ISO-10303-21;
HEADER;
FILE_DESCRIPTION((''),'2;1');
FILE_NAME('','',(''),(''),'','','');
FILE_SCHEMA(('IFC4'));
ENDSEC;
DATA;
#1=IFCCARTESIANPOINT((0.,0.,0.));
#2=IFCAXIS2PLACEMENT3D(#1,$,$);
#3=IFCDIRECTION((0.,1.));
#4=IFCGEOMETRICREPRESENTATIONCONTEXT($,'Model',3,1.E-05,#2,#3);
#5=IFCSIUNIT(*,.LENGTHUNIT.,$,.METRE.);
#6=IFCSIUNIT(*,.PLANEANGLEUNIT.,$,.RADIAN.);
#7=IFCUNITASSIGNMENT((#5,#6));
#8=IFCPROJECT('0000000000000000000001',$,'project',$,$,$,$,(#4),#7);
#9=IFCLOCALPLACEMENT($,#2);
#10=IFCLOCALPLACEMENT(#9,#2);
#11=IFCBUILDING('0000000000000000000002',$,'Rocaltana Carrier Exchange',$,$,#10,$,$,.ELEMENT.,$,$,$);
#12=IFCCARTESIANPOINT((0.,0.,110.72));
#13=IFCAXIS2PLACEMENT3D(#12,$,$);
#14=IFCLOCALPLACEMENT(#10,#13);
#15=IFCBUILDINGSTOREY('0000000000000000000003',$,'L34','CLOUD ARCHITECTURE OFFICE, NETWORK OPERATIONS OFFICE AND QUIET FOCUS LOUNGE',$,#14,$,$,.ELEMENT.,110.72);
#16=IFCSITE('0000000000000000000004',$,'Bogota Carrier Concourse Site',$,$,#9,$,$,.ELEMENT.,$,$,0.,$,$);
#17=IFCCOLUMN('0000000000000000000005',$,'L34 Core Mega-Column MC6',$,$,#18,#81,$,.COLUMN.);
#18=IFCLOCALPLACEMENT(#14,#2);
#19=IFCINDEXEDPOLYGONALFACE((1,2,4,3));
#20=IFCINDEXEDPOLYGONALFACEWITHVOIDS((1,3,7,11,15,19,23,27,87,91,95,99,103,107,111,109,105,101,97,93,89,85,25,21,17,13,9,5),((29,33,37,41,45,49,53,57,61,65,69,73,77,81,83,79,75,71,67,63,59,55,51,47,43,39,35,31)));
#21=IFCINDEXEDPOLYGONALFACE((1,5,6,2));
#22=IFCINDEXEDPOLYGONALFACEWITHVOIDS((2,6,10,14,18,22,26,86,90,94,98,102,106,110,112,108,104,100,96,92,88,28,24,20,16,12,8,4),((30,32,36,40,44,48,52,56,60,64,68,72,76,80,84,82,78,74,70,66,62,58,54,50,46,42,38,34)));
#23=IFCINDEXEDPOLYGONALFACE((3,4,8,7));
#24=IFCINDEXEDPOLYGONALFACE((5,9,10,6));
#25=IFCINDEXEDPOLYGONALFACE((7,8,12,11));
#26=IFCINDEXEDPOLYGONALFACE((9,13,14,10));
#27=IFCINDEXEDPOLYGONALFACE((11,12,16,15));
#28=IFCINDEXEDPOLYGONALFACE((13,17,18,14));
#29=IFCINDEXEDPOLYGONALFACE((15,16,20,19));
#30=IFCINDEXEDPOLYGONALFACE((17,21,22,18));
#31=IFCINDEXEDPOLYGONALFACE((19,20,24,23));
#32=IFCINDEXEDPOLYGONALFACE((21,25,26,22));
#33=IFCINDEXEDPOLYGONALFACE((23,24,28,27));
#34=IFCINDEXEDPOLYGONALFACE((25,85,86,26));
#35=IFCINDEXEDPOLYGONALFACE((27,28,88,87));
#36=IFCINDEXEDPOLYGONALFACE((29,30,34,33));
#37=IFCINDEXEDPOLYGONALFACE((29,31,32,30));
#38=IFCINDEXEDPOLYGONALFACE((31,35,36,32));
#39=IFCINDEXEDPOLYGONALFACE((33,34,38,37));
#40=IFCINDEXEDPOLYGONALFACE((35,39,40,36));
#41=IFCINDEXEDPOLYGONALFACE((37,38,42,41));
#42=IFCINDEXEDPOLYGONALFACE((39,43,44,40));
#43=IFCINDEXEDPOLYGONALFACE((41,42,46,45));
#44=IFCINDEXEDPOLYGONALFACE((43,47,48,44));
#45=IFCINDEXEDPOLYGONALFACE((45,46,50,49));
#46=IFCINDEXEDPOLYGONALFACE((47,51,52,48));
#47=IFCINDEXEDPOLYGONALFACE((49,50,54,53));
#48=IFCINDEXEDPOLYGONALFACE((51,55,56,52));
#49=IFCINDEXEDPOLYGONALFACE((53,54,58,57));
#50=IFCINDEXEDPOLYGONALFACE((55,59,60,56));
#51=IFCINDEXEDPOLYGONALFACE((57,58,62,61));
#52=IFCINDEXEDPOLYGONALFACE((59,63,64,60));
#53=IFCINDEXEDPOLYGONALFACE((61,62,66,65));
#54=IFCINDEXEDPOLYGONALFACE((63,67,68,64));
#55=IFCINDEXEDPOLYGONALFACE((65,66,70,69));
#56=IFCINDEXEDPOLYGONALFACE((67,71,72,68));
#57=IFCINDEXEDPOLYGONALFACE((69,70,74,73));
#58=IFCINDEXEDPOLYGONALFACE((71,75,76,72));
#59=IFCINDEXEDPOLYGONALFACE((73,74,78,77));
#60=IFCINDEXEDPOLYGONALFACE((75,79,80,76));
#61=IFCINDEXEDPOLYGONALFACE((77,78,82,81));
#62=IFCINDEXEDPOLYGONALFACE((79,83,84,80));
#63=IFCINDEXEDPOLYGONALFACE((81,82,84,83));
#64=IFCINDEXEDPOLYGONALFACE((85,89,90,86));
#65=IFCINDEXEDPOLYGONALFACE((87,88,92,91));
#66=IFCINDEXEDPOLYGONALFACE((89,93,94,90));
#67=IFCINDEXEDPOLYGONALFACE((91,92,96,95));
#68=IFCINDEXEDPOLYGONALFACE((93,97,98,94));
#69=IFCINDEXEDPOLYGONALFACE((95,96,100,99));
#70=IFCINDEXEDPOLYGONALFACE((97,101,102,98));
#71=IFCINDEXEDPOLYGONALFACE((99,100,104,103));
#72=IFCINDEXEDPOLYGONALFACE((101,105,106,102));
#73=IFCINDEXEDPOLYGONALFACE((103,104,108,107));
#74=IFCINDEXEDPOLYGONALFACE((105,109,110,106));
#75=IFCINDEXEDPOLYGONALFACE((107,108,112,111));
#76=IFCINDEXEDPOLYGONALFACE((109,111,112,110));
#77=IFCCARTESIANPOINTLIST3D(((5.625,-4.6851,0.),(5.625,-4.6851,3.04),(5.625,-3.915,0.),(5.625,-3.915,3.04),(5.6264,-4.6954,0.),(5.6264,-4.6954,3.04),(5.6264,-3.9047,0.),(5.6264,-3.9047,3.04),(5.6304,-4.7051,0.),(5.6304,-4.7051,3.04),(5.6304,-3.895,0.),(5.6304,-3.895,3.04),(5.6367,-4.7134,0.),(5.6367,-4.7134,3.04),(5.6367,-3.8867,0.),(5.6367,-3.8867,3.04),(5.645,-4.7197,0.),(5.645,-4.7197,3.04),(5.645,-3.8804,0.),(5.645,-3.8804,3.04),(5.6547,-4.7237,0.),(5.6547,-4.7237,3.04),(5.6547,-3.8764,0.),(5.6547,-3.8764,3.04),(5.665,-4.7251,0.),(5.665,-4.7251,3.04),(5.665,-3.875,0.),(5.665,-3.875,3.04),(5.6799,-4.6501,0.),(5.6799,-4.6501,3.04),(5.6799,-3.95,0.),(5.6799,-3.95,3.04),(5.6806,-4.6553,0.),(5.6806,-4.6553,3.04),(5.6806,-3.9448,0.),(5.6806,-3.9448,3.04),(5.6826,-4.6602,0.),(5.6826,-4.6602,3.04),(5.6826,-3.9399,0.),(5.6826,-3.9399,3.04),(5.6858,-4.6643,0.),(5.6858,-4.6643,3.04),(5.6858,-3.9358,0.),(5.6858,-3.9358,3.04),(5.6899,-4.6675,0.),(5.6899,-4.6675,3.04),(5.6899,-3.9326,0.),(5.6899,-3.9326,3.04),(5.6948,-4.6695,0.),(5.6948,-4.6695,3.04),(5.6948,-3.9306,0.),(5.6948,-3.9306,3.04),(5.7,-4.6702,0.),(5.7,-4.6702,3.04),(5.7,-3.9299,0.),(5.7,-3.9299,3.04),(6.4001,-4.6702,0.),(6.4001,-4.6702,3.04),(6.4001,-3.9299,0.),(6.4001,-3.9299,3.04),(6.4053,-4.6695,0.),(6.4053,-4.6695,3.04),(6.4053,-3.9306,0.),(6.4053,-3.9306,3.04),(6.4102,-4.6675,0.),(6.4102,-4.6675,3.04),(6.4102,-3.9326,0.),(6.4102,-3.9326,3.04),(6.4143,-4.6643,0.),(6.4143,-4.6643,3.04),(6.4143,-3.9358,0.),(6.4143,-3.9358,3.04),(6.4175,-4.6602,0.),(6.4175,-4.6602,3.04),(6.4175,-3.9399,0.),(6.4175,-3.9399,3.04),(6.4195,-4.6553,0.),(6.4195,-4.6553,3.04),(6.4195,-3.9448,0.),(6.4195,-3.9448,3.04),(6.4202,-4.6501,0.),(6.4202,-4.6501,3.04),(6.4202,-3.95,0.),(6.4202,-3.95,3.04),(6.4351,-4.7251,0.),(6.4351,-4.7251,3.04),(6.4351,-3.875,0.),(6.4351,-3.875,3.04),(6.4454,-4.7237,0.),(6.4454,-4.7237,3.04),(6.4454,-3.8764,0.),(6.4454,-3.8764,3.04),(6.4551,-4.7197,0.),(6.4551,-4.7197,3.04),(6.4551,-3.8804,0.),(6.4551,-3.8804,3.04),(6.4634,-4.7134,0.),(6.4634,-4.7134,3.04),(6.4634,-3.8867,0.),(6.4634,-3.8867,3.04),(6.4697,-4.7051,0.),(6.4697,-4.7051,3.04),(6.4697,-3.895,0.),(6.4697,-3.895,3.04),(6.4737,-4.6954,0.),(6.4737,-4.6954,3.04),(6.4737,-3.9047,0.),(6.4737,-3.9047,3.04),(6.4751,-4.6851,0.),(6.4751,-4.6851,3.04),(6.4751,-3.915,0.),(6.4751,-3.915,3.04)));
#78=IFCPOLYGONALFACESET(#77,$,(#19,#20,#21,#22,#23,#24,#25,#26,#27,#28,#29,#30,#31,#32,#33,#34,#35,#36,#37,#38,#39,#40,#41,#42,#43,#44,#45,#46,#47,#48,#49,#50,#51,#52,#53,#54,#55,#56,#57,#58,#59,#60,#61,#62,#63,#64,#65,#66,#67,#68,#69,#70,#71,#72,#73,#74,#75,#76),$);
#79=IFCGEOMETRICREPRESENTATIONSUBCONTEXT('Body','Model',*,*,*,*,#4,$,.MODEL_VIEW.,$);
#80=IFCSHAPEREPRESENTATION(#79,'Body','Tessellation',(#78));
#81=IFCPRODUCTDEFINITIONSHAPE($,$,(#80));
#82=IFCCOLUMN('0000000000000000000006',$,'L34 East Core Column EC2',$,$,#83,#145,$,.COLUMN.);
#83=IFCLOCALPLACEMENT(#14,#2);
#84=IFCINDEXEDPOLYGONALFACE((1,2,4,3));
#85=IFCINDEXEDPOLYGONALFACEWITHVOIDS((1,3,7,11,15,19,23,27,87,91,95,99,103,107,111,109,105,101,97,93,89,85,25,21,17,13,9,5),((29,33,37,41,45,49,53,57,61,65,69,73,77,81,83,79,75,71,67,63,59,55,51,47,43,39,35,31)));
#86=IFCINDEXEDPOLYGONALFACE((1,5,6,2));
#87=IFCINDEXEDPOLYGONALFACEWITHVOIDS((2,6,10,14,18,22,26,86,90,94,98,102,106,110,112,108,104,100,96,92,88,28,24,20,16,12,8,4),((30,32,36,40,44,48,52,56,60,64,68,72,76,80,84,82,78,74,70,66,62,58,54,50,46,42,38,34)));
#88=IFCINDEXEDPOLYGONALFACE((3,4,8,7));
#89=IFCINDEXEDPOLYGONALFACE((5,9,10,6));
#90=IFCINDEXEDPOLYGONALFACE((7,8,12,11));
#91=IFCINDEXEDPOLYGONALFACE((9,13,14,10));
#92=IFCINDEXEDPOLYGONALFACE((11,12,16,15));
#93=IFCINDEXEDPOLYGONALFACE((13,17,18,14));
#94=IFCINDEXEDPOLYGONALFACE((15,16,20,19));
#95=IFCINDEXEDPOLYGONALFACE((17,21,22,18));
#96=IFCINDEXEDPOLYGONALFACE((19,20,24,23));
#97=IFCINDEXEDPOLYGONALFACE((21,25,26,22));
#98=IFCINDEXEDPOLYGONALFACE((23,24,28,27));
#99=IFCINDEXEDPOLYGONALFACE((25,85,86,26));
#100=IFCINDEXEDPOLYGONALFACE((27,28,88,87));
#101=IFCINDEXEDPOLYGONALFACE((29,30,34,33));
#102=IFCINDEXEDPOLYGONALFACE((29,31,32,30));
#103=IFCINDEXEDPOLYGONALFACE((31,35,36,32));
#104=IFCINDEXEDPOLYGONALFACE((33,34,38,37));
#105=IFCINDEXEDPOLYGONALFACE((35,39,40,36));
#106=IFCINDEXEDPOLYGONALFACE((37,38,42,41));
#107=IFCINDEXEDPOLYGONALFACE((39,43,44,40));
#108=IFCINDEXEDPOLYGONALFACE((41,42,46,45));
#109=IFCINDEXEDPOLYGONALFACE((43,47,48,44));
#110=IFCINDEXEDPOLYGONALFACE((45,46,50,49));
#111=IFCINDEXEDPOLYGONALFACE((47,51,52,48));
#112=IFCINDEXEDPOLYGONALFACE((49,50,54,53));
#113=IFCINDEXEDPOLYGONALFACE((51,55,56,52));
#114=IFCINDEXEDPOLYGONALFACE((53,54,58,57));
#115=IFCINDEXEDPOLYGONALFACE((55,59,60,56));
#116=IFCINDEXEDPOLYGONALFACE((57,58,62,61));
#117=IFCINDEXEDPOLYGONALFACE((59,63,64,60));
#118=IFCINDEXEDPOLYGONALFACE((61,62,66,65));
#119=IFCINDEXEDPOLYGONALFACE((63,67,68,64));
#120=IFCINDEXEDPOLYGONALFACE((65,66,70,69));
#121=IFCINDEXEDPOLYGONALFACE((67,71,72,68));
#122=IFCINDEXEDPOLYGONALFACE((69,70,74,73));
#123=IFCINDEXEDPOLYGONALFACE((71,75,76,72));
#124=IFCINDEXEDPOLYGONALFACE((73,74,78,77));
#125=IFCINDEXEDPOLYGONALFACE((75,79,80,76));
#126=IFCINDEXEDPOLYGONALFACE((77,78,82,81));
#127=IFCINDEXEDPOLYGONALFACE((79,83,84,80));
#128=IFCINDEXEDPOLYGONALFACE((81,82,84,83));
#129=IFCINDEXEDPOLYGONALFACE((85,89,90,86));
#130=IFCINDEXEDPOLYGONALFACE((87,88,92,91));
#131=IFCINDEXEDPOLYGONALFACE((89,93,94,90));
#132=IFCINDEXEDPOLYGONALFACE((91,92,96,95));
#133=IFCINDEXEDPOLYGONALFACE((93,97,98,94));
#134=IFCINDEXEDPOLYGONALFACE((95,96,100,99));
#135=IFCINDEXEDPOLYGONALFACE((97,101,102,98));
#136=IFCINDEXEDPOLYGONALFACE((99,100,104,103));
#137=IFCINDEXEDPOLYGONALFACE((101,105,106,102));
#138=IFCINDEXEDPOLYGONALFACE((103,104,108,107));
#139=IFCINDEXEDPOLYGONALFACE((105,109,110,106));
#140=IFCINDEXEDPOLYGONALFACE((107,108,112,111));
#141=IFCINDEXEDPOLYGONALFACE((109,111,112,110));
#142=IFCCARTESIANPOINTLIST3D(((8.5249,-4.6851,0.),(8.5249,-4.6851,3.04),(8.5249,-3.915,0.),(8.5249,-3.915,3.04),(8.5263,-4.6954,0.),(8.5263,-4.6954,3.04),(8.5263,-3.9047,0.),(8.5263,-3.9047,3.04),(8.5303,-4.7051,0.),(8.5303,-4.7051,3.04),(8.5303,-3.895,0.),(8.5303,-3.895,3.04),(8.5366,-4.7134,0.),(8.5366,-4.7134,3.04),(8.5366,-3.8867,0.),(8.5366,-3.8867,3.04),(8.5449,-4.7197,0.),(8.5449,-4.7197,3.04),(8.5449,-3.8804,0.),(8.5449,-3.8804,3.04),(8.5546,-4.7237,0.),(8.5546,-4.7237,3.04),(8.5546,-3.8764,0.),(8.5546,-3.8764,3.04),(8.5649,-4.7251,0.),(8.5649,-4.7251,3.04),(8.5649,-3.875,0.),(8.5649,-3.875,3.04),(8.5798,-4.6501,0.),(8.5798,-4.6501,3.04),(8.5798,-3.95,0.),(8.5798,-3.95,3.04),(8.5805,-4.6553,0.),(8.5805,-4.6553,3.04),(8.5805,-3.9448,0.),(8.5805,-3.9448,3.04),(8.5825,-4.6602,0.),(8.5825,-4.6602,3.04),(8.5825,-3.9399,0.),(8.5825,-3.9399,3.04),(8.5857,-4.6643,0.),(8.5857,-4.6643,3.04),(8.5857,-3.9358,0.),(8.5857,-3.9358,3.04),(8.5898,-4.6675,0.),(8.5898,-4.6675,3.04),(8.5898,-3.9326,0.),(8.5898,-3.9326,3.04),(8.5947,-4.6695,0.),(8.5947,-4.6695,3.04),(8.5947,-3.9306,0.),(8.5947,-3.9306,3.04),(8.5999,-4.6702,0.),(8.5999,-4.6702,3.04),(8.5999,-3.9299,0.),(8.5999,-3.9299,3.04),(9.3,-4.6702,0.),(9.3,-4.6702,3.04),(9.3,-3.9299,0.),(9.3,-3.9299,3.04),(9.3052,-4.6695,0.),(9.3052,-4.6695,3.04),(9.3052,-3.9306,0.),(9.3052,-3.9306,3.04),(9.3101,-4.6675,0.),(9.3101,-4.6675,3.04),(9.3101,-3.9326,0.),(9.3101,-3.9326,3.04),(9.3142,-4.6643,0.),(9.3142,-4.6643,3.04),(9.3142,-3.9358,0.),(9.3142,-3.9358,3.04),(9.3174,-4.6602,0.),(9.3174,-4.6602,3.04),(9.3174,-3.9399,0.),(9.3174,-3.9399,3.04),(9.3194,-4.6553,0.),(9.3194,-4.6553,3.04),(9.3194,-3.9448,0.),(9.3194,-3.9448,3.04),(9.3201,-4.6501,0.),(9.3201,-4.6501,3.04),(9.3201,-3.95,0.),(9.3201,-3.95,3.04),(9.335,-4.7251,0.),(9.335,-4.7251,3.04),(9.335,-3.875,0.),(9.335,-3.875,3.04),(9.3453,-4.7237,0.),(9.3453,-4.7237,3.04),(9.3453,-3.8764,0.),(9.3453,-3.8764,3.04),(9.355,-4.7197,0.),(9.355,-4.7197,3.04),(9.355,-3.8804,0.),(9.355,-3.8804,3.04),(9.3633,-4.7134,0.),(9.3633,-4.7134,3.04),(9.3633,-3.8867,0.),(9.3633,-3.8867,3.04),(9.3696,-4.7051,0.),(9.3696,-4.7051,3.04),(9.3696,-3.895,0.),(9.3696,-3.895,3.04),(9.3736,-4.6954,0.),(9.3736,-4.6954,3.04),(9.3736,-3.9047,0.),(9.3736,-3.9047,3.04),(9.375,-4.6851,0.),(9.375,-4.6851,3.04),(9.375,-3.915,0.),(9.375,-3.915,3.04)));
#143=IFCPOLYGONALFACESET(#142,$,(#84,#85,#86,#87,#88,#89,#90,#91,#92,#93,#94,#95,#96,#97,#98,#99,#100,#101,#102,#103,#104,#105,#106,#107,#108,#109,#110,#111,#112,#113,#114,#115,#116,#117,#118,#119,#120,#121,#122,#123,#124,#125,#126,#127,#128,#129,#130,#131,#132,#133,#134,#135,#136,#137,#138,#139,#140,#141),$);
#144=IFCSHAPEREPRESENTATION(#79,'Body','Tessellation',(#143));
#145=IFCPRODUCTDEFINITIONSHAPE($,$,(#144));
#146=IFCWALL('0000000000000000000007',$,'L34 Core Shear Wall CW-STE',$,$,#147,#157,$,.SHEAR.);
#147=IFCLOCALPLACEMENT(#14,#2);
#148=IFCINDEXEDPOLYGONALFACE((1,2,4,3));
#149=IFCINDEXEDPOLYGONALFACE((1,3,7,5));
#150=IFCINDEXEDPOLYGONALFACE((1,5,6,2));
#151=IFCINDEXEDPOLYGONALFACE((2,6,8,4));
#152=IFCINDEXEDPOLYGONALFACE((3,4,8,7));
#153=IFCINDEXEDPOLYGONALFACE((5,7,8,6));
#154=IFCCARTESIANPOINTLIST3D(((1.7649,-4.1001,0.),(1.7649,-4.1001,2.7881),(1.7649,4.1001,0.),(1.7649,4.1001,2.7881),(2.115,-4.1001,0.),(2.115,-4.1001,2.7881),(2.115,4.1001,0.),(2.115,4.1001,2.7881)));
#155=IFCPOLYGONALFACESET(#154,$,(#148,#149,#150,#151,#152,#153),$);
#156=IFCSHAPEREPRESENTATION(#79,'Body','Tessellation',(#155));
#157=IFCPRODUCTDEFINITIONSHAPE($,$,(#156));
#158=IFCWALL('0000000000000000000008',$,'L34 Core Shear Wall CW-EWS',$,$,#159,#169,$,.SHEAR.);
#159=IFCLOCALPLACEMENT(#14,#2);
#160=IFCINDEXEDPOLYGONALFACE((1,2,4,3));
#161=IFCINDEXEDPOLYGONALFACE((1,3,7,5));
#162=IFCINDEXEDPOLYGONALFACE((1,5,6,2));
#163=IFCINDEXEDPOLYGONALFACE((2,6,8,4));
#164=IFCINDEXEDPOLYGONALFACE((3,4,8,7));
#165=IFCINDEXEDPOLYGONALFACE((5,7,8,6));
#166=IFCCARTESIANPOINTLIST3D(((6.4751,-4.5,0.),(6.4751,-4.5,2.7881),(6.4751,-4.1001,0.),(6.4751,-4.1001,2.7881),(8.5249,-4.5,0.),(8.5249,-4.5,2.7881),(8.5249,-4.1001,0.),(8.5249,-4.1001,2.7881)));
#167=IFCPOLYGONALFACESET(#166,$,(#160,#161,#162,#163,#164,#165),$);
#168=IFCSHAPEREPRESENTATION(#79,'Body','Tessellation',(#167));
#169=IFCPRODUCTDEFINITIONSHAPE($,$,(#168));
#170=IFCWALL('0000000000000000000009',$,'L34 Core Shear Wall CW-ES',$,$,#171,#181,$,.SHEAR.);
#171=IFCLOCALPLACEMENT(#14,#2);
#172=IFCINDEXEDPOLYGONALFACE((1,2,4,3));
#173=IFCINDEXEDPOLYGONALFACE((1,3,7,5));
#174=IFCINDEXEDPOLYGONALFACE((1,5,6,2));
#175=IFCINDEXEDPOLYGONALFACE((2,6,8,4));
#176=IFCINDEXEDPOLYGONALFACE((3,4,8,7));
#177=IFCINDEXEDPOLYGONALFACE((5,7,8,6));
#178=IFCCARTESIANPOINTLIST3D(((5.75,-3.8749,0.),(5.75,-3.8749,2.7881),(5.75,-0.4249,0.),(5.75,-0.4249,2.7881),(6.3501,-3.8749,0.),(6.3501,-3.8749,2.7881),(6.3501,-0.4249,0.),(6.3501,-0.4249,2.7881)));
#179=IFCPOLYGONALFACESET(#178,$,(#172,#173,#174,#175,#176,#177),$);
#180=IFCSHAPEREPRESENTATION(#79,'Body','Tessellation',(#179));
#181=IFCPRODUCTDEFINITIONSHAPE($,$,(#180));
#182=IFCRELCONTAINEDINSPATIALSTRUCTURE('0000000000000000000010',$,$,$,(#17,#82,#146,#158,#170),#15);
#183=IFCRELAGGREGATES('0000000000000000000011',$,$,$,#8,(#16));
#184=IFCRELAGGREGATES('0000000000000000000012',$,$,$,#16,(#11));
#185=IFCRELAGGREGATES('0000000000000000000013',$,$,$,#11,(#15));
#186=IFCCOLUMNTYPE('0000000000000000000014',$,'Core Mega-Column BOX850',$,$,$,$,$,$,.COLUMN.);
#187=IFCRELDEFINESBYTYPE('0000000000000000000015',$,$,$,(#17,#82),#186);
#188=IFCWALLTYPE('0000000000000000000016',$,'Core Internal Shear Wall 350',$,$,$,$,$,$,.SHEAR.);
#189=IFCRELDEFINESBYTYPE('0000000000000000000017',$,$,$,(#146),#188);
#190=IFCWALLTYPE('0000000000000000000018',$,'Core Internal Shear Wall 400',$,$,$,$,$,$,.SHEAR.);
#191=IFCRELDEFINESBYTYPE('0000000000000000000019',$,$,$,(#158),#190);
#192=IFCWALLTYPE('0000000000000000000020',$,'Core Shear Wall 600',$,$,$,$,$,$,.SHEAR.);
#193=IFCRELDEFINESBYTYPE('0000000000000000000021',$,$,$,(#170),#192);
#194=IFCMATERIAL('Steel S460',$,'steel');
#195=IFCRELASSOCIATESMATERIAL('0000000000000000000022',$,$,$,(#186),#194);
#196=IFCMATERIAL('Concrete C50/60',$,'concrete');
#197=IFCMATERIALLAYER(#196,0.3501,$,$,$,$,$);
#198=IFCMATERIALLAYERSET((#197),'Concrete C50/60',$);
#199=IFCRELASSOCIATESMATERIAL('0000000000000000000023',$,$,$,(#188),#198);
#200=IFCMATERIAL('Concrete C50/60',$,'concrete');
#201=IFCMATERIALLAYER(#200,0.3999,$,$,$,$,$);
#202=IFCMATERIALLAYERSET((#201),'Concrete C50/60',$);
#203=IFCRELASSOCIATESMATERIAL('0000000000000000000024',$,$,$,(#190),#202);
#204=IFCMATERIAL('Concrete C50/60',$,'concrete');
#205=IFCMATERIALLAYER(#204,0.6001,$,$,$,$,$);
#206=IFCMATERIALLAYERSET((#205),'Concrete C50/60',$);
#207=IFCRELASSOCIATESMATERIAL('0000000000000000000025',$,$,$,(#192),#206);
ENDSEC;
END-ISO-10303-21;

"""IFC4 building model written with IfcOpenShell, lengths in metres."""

from ifc_helpers import new_model, si_unit, direction, frame, frame_2d, origin, origin_2d, place, context, subcontext, project, spatial, rectangle, hollow_rectangle, extrude, material, layer, layer_set, material_profile, profile_set, type_object, element, save


model = new_model("IFC4")

# Units and contexts
model_context = context("Model", 3, precision=1e-05, world=origin(), true_north=direction((0.0, 1.0)))
body_context = subcontext(model_context, "Body", "Model", "MODEL_VIEW")
ifc_project = project(units=[si_unit("LENGTHUNIT", "METRE"), si_unit("PLANEANGLEUNIT", "RADIAN")], contexts=[model_context])

# Site, building, storey
site_placement = place(None, origin())
site = spatial("IfcSite", under=ifc_project, at=site_placement, Name="Bogota Carrier Concourse Site", CompositionType="ELEMENT", RefElevation=0.0)
building_placement = place(site_placement, origin())
building = spatial("IfcBuilding", under=site, at=building_placement, Name="Rocaltana Carrier Exchange", CompositionType="ELEMENT")
storey_placement = place(building_placement, frame((0.0, 0.0, 110.72)))
storey = spatial("IfcBuildingStorey", under=building, at=storey_placement, Name="L34", Description="CLOUD ARCHITECTURE OFFICE, NETWORK OPERATIONS OFFICE AND QUIET FOCUS LOUNGE", CompositionType="ELEMENT", Elevation=110.72)

# Columns
ifc_material_1 = material(Name="Steel S460", Category="steel")
ifc_material_profile = material_profile(ifc_material_1, hollow_rectangle(XDim=0.8501, YDim=0.8501, WallThickness=0.0549, InnerFilletRadius=0.02, OuterFilletRadius=0.04, at=origin_2d()), Name="BOX850X850X55")
ifc_profile_set = profile_set([ifc_material_profile], Name="Steel S460")
column_type = type_object("IfcColumnType", Name="Core Mega-Column BOX850", PredefinedType="COLUMN", material=ifc_profile_set)
for number, where, z_axis, x_axis, name in (
    (1, (6.05, -4.3, 0.0), (0.0, 0.0, 1.0), (1.0, 0.0, 0.0), "L34 Core Mega-Column MC6"),
    (2, (8.95, -4.3, 0.0), (0.0, 0.0, 1.0), (1.0, 0.0, 0.0), "L34 East Core Column EC2"),
):
    element("IfcColumn", number, at=place(storey_placement, frame(where, z_axis=z_axis, x_axis=x_axis)), inside=storey, type_object=column_type, Name=name, PredefinedType="COLUMN", context=body_context, shape_type="SweptSolid", body=[
        extrude(hollow_rectangle(XDim=0.8501, YDim=0.8501, WallThickness=0.0549, InnerFilletRadius=0.02, OuterFilletRadius=0.04, at=origin_2d()), origin(), (0.0, 0.0, 1.0), 3.04),
    ])

# Walls
ifc_material_2 = material(Name="Concrete C50/60", Category="concrete")
ifc_layer_1 = layer(ifc_material_2, 0.3501)
ifc_layer_set_1 = layer_set([ifc_layer_1], Name="Concrete C50/60")
wall_type_1 = type_object("IfcWallType", Name="Core Internal Shear Wall 350", PredefinedType="SHEAR", material=ifc_layer_set_1)
wall_1_placement = place(storey_placement, frame((1.9399, -4.1001, 0.0), z_axis=(0.0, 0.0, 1.0), x_axis=(0.0, 1.0, 0.0)))
element("IfcWall", 3, at=wall_1_placement, inside=storey, type_object=wall_type_1, Name="L34 Core Shear Wall CW-STE", PredefinedType="SHEAR", context=body_context, shape_type="SweptSolid", body=[
    extrude(rectangle(XDim=8.2002, YDim=0.3501, at=frame_2d((4.1001, 0.0))), origin(), (0.0, 0.0, 1.0), 2.7881),
])
ifc_material_3 = material(Name="Concrete C50/60", Category="concrete")
ifc_layer_2 = layer(ifc_material_3, 0.3999)
ifc_layer_set_2 = layer_set([ifc_layer_2], Name="Concrete C50/60")
wall_type_2 = type_object("IfcWallType", Name="Core Internal Shear Wall 400", PredefinedType="SHEAR", material=ifc_layer_set_2)
wall_2_placement = place(storey_placement, frame((6.4751, -4.3, 0.0), z_axis=(0.0, 0.0, 1.0), x_axis=(1.0, 0.0, 0.0)))
element("IfcWall", 4, at=wall_2_placement, inside=storey, type_object=wall_type_2, Name="L34 Core Shear Wall CW-EWS", PredefinedType="SHEAR", context=body_context, shape_type="SweptSolid", body=[
    extrude(rectangle(XDim=2.0498, YDim=0.3999, at=frame_2d((1.0249, 0.0))), origin(), (0.0, 0.0, 1.0), 2.7881),
])
ifc_material_4 = material(Name="Concrete C50/60", Category="concrete")
ifc_layer_3 = layer(ifc_material_4, 0.6001)
ifc_layer_set_3 = layer_set([ifc_layer_3], Name="Concrete C50/60")
wall_type_3 = type_object("IfcWallType", Name="Core Shear Wall 600", PredefinedType="SHEAR", material=ifc_layer_set_3)
wall_3_placement = place(storey_placement, frame((6.05, -3.875, 0.0), z_axis=(0.0, 0.0, 1.0), x_axis=(0.0, 1.0, 0.0)))
element("IfcWall", 5, at=wall_3_placement, inside=storey, type_object=wall_type_3, Name="L34 Core Shear Wall CW-ES", PredefinedType="SHEAR", context=body_context, shape_type="SweptSolid", body=[
    extrude(rectangle(XDim=3.45, YDim=0.6001, at=frame_2d((1.7251, 0.0))), origin(), (0.0, 0.0, 1.0), 2.7881),
])

save(model, "model.ifc")
